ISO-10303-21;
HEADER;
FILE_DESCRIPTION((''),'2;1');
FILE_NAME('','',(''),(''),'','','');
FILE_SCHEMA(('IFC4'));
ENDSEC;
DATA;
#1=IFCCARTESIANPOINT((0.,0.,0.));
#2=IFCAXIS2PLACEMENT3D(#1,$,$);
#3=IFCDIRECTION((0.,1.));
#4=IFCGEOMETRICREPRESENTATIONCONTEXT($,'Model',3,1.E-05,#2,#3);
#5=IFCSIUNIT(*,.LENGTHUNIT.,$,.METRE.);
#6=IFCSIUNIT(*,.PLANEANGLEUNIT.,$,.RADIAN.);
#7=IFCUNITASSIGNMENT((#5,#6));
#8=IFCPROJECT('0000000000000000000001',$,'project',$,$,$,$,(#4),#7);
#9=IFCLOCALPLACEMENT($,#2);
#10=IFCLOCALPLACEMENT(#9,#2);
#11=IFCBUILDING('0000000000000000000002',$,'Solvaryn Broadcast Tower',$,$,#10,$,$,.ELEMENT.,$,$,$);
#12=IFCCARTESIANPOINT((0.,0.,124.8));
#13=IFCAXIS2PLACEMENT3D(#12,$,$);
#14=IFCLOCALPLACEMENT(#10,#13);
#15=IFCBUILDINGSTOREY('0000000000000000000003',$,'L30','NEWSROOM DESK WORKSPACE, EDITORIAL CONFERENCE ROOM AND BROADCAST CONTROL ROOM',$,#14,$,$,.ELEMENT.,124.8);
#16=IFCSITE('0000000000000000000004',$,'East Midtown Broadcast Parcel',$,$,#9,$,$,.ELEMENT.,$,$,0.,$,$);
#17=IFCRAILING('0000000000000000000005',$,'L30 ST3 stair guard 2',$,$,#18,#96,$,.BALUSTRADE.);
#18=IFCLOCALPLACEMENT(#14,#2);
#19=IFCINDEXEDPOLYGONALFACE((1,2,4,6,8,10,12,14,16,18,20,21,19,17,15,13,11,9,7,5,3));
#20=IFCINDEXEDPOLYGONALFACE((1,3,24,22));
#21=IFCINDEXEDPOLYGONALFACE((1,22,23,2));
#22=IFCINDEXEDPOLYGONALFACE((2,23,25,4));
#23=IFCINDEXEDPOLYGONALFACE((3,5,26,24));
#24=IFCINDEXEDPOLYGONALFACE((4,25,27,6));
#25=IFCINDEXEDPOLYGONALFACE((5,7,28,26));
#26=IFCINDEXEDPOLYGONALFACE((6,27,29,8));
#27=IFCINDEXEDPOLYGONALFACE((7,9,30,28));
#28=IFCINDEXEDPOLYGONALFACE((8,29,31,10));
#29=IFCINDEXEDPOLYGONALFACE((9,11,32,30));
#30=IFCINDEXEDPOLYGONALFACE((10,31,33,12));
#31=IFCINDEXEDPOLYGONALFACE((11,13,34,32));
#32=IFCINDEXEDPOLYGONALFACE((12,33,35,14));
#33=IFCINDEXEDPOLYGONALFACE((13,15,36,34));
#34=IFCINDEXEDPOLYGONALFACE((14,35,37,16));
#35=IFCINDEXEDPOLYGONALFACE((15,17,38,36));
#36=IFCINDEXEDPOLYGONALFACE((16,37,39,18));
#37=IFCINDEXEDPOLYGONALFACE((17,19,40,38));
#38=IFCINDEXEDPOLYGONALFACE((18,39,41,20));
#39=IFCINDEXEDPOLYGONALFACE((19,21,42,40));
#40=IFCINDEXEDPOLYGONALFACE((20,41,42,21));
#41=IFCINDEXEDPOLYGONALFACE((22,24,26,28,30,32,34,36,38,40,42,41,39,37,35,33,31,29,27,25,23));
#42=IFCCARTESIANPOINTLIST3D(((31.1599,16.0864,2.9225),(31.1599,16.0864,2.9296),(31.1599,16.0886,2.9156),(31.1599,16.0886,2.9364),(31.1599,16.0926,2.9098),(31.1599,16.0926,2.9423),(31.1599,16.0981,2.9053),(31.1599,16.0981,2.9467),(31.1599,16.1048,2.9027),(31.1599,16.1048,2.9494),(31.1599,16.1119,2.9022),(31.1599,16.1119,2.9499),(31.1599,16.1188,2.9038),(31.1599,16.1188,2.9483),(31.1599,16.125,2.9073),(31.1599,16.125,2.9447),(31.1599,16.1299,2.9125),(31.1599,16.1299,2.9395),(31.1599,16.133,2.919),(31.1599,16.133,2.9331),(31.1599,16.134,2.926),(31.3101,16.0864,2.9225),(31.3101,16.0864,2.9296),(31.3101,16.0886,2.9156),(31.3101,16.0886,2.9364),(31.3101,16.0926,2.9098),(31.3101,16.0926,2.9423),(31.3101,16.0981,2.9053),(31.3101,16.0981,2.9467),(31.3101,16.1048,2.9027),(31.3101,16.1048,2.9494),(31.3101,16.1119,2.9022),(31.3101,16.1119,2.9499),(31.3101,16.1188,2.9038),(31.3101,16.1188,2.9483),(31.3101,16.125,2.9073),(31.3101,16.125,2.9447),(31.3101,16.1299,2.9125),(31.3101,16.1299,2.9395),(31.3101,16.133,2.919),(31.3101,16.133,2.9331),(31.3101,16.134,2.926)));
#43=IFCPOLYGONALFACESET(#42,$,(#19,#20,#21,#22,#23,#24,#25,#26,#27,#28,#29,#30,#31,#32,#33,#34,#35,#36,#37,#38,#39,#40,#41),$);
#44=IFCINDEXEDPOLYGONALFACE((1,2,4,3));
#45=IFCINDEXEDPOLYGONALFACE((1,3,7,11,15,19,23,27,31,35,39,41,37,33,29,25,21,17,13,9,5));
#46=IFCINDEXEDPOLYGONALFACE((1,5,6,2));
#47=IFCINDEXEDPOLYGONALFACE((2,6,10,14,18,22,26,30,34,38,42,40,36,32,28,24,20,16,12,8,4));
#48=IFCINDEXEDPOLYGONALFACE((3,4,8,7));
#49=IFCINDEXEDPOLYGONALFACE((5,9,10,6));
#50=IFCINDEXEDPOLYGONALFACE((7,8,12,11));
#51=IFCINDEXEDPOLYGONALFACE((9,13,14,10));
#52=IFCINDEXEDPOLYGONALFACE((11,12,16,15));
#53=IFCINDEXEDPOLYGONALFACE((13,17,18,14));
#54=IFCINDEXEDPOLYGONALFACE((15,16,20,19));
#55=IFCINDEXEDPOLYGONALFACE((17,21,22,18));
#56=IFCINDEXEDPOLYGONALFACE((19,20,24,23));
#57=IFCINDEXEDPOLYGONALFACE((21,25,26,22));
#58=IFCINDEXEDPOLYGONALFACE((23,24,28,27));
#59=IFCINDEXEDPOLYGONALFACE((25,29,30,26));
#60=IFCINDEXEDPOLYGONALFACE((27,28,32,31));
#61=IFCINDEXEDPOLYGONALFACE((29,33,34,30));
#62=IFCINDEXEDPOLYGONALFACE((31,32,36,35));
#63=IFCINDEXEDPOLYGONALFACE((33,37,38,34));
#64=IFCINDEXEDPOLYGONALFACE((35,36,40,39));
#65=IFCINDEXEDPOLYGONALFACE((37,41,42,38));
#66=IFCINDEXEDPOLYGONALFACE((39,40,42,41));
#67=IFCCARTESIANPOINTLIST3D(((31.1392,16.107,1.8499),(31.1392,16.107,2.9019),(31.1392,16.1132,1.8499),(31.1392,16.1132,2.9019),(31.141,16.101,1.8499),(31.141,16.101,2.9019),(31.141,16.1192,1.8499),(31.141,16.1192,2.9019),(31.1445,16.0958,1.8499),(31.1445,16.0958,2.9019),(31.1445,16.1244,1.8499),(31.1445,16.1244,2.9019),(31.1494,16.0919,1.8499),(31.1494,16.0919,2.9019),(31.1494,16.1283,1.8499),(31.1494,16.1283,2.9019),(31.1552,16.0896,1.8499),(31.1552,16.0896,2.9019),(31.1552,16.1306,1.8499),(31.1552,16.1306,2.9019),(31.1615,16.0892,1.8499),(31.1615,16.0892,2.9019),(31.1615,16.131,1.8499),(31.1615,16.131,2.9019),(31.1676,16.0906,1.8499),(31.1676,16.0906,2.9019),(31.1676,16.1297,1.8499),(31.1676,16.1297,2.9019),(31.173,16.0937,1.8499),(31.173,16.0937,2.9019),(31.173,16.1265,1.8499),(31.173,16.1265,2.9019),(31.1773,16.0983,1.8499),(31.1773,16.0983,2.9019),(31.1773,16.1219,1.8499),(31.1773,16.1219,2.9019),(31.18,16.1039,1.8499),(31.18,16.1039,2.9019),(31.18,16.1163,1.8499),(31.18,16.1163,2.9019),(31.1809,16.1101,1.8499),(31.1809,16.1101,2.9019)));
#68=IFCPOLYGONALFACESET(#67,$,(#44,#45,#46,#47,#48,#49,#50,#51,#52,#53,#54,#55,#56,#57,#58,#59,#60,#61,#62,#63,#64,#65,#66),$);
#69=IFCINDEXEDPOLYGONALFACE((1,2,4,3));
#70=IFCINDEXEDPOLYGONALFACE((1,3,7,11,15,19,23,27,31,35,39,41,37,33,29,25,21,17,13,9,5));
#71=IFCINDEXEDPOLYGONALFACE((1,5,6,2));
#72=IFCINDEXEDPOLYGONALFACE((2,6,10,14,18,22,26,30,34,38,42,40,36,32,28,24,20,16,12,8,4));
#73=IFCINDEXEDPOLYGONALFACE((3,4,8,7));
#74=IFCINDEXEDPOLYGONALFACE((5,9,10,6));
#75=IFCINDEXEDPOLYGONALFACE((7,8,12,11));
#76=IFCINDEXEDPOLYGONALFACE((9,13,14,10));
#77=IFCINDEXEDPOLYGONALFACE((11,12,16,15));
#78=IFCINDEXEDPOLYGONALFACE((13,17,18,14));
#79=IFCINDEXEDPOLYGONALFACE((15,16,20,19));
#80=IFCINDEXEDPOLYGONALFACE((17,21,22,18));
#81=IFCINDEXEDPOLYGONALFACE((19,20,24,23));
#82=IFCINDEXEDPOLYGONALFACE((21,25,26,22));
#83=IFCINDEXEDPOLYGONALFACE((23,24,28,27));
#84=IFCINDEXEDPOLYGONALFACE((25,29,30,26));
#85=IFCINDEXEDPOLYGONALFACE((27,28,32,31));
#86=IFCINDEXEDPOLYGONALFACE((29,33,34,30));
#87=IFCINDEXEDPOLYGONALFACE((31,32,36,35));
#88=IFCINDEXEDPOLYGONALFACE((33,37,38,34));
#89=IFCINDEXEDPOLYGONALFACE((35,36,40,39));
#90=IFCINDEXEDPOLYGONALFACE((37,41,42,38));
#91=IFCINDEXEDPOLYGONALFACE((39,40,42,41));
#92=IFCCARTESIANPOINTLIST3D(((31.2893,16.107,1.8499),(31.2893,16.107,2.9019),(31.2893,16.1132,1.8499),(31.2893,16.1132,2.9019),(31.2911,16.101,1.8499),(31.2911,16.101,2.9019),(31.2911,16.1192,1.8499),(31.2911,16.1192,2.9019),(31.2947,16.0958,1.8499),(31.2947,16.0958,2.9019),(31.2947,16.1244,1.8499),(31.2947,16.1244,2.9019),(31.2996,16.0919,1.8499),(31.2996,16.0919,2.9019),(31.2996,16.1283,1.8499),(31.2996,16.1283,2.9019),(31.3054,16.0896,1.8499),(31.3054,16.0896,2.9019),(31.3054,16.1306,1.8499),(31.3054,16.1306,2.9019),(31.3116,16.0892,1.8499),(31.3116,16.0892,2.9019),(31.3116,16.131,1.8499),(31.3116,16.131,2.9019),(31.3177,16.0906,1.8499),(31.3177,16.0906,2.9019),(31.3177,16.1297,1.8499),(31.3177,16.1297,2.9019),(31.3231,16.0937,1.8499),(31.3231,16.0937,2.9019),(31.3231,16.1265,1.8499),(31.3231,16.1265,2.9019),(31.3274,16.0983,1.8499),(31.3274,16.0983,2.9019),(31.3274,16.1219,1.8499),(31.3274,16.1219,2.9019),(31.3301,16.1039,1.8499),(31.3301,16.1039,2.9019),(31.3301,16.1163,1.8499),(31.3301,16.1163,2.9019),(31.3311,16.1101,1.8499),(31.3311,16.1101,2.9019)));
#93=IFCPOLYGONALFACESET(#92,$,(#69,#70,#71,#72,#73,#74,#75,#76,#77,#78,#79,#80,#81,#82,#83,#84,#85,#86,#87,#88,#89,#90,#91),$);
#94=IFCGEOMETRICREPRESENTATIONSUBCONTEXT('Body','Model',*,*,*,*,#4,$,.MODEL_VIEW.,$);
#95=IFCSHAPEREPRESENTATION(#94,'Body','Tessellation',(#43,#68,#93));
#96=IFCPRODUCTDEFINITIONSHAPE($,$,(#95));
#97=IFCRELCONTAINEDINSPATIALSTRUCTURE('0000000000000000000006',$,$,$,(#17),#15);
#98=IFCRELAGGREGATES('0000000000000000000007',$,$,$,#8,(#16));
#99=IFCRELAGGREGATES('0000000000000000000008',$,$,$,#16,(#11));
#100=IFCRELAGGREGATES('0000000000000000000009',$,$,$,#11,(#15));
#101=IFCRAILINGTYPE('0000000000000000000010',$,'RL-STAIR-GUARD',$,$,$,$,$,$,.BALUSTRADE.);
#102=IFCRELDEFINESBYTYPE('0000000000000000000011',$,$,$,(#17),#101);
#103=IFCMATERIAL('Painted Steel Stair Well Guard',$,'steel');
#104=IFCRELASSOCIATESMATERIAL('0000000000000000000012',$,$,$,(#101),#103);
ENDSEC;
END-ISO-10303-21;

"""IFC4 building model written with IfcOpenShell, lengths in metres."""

from ifc_helpers import new_model, si_unit, direction, frame, origin, origin_2d, place, context, subcontext, project, spatial, circle, extrude, material, type_object, element, save


model = new_model("IFC4")

# Units and contexts
model_context = context("Model", 3, precision=1e-05, world=origin(), true_north=direction((0.0, 1.0)))
body_context = subcontext(model_context, "Body", "Model", "MODEL_VIEW")
ifc_project = project(units=[si_unit("LENGTHUNIT", "METRE"), si_unit("PLANEANGLEUNIT", "RADIAN")], contexts=[model_context])

# Site, building, storey
site_placement = place(None, origin())
site = spatial("IfcSite", under=ifc_project, at=site_placement, Name="East Midtown Broadcast Parcel", CompositionType="ELEMENT", RefElevation=0.0)
building_placement = place(site_placement, origin())
building = spatial("IfcBuilding", under=site, at=building_placement, Name="Solvaryn Broadcast Tower", CompositionType="ELEMENT")
storey_placement = place(building_placement, frame((0.0, 0.0, 124.8)))
storey = spatial("IfcBuildingStorey", under=building, at=storey_placement, Name="L30", Description="NEWSROOM DESK WORKSPACE, EDITORIAL CONFERENCE ROOM AND BROADCAST CONTROL ROOM", CompositionType="ELEMENT", Elevation=124.8)

# Railing
ifc_material_1 = material(Name="Painted Steel Stair Well Guard", Category="steel")
railing_type_1 = type_object("IfcRailingType", Name="RL-STAIR-GUARD", PredefinedType="BALUSTRADE", material=ifc_material_1)
railing_1_placement = place(storey_placement, frame((31.1599, 16.1101, 1.8499)))
element("IfcRailing", 1, at=railing_1_placement, inside=storey, type_object=railing_type_1, Name="L30 ST3 stair guard 2", PredefinedType="BALUSTRADE", context=body_context, shape_type="SweptSolid", body=[
    extrude(circle(Radius=0.0239, at=origin_2d()), frame((0.0, 0.0, 1.0762), z_axis=(1.0, 0.0, 0.0), x_axis=(0.0, 1.0, 0.0)), (0.0, 0.0, 1.0), 0.1501),
    extrude(circle(Radius=0.021, at=origin_2d()), origin(), (0.0, 0.0, 1.0), 1.052),
    extrude(circle(Radius=0.021, at=origin_2d()), frame((0.1501, 0.0, 0.0)), (0.0, 0.0, 1.0), 1.052),
])

save(model, "model.ifc")
